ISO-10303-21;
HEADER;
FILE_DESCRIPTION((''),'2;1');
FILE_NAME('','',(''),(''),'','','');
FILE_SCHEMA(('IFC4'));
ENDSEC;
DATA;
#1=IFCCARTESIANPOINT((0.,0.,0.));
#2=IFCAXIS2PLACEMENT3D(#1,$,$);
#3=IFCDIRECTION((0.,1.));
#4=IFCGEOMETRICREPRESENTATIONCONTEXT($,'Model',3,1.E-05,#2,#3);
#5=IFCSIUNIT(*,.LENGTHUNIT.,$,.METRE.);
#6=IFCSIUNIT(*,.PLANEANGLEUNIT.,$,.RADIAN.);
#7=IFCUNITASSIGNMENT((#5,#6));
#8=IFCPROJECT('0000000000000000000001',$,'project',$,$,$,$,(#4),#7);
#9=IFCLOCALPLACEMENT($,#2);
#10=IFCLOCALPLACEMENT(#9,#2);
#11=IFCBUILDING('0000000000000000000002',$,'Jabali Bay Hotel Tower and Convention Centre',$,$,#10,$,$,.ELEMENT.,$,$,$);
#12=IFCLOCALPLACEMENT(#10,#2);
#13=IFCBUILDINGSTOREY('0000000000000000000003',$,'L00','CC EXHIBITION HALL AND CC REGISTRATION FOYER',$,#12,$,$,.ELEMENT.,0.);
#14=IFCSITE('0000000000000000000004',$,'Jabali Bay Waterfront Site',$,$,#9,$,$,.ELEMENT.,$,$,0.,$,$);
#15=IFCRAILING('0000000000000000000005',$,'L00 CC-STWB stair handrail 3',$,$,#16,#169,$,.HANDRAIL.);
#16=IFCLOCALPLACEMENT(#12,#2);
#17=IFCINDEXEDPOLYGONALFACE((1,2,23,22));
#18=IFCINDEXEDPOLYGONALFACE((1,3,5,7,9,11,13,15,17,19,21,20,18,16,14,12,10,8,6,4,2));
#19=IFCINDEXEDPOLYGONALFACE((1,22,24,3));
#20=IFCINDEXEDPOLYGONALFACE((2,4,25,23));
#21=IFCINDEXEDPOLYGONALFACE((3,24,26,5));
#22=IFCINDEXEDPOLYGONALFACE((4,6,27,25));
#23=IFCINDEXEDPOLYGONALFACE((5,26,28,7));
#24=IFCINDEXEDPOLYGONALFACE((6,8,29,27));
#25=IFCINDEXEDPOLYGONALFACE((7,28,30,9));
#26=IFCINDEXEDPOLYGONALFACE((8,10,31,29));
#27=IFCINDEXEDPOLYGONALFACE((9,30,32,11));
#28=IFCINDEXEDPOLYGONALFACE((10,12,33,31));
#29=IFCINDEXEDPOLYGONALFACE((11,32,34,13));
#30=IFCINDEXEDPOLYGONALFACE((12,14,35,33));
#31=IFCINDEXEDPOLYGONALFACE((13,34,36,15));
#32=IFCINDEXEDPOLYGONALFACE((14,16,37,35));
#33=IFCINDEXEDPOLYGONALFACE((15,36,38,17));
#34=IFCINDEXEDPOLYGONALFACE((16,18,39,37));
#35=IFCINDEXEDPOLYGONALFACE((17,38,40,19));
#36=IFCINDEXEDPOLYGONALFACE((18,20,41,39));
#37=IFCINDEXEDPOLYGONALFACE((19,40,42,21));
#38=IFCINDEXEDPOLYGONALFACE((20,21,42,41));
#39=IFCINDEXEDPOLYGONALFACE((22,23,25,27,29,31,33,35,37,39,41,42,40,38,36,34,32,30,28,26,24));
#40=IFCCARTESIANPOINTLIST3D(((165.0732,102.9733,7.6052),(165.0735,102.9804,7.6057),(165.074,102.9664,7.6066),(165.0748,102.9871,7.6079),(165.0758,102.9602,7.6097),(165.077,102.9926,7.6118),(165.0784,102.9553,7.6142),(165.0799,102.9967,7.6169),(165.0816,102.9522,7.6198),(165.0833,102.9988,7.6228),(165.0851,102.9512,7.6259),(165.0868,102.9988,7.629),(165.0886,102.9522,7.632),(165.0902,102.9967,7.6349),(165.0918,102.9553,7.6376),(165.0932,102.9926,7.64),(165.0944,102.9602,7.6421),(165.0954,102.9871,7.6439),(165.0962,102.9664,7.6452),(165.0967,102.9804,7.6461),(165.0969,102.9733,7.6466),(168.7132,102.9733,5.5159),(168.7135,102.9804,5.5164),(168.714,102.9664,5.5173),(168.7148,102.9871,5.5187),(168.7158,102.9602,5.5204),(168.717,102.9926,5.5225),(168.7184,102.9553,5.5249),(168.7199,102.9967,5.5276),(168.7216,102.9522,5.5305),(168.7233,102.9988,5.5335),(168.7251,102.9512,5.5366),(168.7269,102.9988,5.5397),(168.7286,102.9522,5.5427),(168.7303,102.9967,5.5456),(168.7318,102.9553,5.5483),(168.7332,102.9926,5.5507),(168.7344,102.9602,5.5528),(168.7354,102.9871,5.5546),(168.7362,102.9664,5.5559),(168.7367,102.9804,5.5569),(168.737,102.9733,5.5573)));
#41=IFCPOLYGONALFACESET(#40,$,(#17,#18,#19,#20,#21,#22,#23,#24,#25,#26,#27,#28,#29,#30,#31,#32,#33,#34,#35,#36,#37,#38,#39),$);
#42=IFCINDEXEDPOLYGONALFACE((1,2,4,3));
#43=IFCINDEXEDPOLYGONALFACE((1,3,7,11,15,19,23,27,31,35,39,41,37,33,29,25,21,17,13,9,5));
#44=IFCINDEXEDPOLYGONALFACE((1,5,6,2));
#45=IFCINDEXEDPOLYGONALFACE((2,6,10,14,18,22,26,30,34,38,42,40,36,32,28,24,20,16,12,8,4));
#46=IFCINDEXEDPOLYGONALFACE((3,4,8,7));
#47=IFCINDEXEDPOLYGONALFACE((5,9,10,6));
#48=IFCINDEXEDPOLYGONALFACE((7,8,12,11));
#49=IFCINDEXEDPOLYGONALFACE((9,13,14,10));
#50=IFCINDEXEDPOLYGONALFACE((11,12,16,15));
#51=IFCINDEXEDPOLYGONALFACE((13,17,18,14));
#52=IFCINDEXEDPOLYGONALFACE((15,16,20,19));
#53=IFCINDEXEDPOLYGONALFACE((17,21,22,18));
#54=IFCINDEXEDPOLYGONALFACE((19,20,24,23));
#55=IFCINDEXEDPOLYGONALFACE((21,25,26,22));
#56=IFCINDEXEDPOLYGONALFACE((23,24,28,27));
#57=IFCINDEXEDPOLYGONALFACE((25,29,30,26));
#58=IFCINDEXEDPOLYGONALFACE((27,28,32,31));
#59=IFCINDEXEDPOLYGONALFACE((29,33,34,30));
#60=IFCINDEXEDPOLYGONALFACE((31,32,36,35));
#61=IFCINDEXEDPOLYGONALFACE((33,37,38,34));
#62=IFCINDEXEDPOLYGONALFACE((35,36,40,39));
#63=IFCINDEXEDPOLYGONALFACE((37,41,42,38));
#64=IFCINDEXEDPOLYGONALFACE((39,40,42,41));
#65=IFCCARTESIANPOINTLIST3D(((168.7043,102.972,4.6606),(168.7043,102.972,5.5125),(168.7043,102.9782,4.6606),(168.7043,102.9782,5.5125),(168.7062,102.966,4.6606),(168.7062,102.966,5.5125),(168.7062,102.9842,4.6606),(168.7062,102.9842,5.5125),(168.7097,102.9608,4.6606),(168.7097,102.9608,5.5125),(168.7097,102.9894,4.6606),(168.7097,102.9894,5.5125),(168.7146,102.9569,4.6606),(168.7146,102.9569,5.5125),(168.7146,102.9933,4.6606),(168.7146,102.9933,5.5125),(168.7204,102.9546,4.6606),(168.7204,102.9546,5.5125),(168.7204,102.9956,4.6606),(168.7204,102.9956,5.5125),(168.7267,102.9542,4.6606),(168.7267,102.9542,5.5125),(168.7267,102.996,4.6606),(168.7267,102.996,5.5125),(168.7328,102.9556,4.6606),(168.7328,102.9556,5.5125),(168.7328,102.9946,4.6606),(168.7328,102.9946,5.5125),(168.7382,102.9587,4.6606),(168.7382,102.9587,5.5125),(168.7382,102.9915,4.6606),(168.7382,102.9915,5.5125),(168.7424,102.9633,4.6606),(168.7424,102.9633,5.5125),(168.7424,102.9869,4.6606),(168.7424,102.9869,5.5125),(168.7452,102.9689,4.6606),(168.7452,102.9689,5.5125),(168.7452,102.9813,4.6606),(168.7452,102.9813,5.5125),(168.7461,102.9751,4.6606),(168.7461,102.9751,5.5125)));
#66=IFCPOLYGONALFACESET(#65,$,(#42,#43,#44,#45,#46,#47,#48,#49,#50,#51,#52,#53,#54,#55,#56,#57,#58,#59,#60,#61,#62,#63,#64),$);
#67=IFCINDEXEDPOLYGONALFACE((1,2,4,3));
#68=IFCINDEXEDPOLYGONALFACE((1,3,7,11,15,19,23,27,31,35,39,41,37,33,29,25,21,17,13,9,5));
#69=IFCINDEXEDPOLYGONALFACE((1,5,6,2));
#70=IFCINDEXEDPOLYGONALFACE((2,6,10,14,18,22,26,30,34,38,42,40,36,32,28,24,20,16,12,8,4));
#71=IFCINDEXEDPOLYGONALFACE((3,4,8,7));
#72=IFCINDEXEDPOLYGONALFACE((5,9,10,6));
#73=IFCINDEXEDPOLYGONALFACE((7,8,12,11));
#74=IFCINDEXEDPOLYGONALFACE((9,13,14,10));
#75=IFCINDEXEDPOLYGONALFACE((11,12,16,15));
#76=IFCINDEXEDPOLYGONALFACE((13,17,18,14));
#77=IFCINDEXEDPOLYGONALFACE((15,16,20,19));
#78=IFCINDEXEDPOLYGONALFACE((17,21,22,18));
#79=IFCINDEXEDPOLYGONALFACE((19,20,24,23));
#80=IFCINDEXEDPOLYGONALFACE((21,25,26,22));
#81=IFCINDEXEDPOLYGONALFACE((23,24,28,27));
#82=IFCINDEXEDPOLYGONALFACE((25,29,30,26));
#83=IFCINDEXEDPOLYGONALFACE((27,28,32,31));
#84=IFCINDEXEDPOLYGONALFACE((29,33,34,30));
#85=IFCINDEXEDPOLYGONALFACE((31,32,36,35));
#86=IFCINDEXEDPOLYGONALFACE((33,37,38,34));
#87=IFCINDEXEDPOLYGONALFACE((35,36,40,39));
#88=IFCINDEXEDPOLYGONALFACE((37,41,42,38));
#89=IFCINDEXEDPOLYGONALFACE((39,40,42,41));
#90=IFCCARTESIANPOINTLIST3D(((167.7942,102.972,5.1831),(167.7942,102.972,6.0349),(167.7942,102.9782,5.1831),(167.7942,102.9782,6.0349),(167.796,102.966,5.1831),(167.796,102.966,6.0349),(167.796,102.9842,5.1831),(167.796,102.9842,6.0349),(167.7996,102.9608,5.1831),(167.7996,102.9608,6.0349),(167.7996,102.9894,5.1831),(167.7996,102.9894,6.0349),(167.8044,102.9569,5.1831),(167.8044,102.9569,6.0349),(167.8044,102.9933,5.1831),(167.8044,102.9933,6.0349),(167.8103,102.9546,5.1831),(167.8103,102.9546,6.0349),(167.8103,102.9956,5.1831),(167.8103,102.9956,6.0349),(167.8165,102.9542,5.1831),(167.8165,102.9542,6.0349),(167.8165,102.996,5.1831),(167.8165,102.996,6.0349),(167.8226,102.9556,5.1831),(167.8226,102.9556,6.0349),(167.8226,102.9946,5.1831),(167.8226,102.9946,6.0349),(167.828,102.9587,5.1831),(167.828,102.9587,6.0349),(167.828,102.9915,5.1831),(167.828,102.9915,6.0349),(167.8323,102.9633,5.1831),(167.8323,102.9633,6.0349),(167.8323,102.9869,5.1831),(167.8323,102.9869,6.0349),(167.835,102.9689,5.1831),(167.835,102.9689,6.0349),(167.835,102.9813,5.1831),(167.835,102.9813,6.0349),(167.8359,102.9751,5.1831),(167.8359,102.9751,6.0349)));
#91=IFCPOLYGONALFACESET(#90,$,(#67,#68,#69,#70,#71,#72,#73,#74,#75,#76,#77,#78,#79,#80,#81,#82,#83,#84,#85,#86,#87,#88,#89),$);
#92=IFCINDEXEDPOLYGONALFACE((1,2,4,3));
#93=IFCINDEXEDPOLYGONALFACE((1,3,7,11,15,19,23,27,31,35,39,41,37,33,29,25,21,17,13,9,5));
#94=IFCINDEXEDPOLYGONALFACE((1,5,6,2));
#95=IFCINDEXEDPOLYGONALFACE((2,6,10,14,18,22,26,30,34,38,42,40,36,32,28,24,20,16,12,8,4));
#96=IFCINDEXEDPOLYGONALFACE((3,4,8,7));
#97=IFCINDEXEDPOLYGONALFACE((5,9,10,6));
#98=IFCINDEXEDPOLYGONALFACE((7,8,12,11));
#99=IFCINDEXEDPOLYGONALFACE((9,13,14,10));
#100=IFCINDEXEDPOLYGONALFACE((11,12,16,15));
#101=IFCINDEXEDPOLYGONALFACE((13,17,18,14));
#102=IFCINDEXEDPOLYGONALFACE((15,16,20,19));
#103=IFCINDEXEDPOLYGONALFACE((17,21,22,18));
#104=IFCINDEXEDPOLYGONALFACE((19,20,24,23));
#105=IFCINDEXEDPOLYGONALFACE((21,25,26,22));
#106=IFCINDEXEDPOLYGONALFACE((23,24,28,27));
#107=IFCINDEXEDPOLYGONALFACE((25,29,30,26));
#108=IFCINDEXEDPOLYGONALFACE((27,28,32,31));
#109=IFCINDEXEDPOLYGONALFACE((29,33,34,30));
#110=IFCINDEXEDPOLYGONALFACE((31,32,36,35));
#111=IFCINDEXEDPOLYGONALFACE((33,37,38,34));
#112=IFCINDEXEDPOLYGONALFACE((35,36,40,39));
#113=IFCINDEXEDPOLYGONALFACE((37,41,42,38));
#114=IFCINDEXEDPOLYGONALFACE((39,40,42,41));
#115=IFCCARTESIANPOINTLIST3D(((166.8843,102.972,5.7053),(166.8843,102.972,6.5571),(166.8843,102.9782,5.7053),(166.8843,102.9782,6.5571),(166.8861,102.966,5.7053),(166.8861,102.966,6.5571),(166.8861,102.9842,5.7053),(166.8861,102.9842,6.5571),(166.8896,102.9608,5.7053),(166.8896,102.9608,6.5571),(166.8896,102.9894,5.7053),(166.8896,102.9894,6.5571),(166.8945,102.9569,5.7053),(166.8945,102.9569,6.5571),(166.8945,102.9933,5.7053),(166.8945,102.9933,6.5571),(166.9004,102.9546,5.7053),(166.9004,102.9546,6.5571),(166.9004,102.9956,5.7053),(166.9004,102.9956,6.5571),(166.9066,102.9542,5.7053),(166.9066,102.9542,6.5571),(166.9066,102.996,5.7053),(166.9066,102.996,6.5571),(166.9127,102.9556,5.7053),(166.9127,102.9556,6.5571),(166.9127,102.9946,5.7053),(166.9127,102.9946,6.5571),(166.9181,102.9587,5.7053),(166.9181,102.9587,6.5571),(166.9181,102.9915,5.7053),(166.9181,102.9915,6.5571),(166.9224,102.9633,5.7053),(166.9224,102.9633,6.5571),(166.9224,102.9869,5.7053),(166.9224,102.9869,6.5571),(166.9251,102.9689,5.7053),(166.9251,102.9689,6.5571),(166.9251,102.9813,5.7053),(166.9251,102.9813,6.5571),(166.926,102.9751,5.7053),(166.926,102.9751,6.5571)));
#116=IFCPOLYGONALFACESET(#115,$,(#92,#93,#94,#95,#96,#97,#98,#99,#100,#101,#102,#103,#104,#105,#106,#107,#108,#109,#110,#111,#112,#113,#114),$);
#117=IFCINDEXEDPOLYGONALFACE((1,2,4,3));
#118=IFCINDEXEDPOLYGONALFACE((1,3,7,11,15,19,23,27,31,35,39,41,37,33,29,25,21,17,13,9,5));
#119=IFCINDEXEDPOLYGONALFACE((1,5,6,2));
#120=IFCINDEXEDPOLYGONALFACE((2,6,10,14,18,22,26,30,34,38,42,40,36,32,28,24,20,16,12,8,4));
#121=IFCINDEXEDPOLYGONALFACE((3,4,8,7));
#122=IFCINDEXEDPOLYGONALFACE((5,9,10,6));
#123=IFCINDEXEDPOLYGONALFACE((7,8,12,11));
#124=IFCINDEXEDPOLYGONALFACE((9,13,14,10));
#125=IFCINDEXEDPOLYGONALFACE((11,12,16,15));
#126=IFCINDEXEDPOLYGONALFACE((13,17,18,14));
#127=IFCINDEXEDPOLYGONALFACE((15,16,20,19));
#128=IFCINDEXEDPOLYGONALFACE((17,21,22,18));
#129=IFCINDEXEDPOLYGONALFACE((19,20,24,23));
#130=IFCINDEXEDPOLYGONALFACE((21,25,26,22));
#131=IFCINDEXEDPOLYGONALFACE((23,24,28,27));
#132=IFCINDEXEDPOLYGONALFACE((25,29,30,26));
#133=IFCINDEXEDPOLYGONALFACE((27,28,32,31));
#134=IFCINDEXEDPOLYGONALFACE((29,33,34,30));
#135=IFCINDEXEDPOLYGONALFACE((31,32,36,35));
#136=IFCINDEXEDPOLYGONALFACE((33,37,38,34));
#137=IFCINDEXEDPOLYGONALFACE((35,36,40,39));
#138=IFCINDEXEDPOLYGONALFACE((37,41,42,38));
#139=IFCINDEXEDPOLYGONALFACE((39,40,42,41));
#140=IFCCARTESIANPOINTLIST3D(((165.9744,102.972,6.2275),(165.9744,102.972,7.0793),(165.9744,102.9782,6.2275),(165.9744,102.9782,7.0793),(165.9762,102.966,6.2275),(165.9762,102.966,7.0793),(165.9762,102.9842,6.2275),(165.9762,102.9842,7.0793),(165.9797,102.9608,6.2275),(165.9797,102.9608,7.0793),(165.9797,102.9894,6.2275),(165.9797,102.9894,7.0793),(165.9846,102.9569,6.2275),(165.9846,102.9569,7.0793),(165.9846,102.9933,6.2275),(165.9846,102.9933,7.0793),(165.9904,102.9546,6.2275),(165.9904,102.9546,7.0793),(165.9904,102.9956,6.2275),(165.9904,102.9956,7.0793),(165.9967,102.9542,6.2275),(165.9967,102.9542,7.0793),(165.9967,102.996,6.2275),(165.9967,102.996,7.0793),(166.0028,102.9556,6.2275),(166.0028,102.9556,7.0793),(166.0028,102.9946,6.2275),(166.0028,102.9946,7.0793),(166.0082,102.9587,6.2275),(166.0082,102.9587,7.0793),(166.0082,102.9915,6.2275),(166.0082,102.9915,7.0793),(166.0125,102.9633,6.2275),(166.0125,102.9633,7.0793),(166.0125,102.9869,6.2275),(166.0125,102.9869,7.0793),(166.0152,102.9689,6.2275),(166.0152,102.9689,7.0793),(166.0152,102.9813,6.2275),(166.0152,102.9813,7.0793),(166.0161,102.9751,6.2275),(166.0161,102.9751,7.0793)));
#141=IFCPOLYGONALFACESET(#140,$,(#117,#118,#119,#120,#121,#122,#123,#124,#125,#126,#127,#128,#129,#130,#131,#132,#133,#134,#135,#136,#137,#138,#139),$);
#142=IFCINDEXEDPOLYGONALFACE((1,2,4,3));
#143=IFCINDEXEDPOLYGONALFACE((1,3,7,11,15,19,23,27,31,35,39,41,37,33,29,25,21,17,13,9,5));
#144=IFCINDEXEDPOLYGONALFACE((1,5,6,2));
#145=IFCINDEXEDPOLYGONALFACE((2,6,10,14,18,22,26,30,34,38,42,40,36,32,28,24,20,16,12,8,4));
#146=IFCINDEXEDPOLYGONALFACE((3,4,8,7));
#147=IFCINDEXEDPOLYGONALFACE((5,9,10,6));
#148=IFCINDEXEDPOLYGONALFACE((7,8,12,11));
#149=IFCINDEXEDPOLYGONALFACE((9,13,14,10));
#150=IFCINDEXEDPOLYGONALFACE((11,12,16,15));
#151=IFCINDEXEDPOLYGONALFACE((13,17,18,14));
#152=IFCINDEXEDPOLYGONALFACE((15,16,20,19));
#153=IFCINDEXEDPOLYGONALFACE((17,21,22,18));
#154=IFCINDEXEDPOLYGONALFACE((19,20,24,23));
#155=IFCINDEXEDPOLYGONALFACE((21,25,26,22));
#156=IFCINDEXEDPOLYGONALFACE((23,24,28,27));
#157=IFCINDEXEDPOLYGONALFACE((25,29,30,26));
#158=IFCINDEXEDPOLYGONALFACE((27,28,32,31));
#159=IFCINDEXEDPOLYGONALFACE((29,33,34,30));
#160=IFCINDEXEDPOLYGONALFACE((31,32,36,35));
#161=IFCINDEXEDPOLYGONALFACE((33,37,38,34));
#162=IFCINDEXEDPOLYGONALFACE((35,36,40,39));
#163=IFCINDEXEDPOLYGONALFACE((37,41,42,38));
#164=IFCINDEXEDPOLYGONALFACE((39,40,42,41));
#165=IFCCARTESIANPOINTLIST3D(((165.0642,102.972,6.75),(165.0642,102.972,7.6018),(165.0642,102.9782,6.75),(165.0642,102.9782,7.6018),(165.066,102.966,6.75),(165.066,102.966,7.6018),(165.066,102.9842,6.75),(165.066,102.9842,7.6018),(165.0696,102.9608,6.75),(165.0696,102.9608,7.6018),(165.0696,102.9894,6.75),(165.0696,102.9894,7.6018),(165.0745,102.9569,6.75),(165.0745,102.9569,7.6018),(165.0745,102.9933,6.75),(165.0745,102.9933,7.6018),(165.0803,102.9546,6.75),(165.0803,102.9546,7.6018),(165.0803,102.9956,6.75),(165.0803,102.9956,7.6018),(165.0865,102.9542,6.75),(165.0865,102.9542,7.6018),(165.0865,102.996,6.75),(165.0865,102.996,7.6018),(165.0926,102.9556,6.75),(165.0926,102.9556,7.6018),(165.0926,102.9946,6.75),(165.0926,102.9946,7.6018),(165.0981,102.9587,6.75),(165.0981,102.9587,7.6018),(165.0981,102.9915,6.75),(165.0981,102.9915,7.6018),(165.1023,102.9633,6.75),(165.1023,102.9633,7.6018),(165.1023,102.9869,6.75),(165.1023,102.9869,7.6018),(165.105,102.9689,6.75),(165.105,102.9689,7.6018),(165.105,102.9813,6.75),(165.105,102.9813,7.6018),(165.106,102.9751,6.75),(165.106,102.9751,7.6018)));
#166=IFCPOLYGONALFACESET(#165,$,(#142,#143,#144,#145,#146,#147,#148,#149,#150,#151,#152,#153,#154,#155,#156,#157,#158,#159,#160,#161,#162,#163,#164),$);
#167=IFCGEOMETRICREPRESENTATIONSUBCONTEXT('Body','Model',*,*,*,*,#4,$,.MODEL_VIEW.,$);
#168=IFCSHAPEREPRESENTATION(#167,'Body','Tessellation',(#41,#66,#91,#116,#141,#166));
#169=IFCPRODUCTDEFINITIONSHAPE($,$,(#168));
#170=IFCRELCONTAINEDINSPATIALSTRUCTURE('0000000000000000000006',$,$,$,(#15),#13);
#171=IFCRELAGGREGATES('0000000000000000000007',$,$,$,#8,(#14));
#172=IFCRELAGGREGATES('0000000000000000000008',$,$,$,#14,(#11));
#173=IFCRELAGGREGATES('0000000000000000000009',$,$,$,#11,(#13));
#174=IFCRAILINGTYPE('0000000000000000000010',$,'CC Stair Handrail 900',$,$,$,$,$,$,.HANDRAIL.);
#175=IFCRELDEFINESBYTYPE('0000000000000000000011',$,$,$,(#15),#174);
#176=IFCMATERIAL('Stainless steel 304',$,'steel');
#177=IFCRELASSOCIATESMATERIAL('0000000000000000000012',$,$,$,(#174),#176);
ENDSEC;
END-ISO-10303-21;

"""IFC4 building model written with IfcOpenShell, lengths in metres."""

from ifc_helpers import new_model, si_unit, direction, frame, origin, origin_2d, place, context, subcontext, project, spatial, circle, extrude, material, type_object, element, save


model = new_model("IFC4")

# Units and contexts
model_context = context("Model", 3, precision=1e-05, world=origin(), true_north=direction((0.0, 1.0)))
body_context = subcontext(model_context, "Body", "Model", "MODEL_VIEW")
ifc_project = project(units=[si_unit("LENGTHUNIT", "METRE"), si_unit("PLANEANGLEUNIT", "RADIAN")], contexts=[model_context])

# Site, building, storey
site_placement = place(None, origin())
site = spatial("IfcSite", under=ifc_project, at=site_placement, Name="Jabali Bay Waterfront Site", CompositionType="ELEMENT", RefElevation=0.0)
building_placement = place(site_placement, origin())
building = spatial("IfcBuilding", under=site, at=building_placement, Name="Jabali Bay Hotel Tower and Convention Centre", CompositionType="ELEMENT")
storey_placement = place(building_placement, origin())
storey = spatial("IfcBuildingStorey", under=building, at=storey_placement, Name="L00", Description="CC EXHIBITION HALL AND CC REGISTRATION FOYER", CompositionType="ELEMENT", Elevation=0.0)

# Railing
ifc_material_1 = material(Name="Stainless steel 304", Category="steel")
railing_type_1 = type_object("IfcRailingType", Name="CC Stair Handrail 900", PredefinedType="HANDRAIL", material=ifc_material_1)
for number, where, name in (
    (1, (168.7251, 102.9751, 4.6606), "L00 CC-STWB stair handrail 3"),
):
    element("IfcRailing", number, at=place(storey_placement, frame(where)), inside=storey, type_object=railing_type_1, Name=name, PredefinedType="HANDRAIL", context=body_context, shape_type="SweptSolid", body=[
        extrude(circle(Radius=0.0239, at=origin_2d()), frame((0.0, 0.0, 0.876), z_axis=(-0.867289, 0.0, 0.497804), x_axis=(0.0, -1.0, 0.0)), (0.0, 0.0, 1.0), 4.197),
        extrude(circle(Radius=0.021, at=origin_2d()), origin(), (0.0, 0.0, 1.0), 0.8518),
        extrude(circle(Radius=0.021, at=origin_2d()), frame((-0.9102, 0.0, 0.5225)), (0.0, 0.0, 1.0), 0.8518),
        extrude(circle(Radius=0.021, at=origin_2d()), frame((-1.8201, 0.0, 1.0447)), (0.0, 0.0, 1.0), 0.8518),
        extrude(circle(Radius=0.021, at=origin_2d()), frame((-2.73, 0.0, 1.5669)), (0.0, 0.0, 1.0), 0.8518),
        extrude(circle(Radius=0.021, at=origin_2d()), frame((-3.6401, 0.0, 2.0894)), (0.0, 0.0, 1.0), 0.8518),
    ])

save(model, "model.ifc")
